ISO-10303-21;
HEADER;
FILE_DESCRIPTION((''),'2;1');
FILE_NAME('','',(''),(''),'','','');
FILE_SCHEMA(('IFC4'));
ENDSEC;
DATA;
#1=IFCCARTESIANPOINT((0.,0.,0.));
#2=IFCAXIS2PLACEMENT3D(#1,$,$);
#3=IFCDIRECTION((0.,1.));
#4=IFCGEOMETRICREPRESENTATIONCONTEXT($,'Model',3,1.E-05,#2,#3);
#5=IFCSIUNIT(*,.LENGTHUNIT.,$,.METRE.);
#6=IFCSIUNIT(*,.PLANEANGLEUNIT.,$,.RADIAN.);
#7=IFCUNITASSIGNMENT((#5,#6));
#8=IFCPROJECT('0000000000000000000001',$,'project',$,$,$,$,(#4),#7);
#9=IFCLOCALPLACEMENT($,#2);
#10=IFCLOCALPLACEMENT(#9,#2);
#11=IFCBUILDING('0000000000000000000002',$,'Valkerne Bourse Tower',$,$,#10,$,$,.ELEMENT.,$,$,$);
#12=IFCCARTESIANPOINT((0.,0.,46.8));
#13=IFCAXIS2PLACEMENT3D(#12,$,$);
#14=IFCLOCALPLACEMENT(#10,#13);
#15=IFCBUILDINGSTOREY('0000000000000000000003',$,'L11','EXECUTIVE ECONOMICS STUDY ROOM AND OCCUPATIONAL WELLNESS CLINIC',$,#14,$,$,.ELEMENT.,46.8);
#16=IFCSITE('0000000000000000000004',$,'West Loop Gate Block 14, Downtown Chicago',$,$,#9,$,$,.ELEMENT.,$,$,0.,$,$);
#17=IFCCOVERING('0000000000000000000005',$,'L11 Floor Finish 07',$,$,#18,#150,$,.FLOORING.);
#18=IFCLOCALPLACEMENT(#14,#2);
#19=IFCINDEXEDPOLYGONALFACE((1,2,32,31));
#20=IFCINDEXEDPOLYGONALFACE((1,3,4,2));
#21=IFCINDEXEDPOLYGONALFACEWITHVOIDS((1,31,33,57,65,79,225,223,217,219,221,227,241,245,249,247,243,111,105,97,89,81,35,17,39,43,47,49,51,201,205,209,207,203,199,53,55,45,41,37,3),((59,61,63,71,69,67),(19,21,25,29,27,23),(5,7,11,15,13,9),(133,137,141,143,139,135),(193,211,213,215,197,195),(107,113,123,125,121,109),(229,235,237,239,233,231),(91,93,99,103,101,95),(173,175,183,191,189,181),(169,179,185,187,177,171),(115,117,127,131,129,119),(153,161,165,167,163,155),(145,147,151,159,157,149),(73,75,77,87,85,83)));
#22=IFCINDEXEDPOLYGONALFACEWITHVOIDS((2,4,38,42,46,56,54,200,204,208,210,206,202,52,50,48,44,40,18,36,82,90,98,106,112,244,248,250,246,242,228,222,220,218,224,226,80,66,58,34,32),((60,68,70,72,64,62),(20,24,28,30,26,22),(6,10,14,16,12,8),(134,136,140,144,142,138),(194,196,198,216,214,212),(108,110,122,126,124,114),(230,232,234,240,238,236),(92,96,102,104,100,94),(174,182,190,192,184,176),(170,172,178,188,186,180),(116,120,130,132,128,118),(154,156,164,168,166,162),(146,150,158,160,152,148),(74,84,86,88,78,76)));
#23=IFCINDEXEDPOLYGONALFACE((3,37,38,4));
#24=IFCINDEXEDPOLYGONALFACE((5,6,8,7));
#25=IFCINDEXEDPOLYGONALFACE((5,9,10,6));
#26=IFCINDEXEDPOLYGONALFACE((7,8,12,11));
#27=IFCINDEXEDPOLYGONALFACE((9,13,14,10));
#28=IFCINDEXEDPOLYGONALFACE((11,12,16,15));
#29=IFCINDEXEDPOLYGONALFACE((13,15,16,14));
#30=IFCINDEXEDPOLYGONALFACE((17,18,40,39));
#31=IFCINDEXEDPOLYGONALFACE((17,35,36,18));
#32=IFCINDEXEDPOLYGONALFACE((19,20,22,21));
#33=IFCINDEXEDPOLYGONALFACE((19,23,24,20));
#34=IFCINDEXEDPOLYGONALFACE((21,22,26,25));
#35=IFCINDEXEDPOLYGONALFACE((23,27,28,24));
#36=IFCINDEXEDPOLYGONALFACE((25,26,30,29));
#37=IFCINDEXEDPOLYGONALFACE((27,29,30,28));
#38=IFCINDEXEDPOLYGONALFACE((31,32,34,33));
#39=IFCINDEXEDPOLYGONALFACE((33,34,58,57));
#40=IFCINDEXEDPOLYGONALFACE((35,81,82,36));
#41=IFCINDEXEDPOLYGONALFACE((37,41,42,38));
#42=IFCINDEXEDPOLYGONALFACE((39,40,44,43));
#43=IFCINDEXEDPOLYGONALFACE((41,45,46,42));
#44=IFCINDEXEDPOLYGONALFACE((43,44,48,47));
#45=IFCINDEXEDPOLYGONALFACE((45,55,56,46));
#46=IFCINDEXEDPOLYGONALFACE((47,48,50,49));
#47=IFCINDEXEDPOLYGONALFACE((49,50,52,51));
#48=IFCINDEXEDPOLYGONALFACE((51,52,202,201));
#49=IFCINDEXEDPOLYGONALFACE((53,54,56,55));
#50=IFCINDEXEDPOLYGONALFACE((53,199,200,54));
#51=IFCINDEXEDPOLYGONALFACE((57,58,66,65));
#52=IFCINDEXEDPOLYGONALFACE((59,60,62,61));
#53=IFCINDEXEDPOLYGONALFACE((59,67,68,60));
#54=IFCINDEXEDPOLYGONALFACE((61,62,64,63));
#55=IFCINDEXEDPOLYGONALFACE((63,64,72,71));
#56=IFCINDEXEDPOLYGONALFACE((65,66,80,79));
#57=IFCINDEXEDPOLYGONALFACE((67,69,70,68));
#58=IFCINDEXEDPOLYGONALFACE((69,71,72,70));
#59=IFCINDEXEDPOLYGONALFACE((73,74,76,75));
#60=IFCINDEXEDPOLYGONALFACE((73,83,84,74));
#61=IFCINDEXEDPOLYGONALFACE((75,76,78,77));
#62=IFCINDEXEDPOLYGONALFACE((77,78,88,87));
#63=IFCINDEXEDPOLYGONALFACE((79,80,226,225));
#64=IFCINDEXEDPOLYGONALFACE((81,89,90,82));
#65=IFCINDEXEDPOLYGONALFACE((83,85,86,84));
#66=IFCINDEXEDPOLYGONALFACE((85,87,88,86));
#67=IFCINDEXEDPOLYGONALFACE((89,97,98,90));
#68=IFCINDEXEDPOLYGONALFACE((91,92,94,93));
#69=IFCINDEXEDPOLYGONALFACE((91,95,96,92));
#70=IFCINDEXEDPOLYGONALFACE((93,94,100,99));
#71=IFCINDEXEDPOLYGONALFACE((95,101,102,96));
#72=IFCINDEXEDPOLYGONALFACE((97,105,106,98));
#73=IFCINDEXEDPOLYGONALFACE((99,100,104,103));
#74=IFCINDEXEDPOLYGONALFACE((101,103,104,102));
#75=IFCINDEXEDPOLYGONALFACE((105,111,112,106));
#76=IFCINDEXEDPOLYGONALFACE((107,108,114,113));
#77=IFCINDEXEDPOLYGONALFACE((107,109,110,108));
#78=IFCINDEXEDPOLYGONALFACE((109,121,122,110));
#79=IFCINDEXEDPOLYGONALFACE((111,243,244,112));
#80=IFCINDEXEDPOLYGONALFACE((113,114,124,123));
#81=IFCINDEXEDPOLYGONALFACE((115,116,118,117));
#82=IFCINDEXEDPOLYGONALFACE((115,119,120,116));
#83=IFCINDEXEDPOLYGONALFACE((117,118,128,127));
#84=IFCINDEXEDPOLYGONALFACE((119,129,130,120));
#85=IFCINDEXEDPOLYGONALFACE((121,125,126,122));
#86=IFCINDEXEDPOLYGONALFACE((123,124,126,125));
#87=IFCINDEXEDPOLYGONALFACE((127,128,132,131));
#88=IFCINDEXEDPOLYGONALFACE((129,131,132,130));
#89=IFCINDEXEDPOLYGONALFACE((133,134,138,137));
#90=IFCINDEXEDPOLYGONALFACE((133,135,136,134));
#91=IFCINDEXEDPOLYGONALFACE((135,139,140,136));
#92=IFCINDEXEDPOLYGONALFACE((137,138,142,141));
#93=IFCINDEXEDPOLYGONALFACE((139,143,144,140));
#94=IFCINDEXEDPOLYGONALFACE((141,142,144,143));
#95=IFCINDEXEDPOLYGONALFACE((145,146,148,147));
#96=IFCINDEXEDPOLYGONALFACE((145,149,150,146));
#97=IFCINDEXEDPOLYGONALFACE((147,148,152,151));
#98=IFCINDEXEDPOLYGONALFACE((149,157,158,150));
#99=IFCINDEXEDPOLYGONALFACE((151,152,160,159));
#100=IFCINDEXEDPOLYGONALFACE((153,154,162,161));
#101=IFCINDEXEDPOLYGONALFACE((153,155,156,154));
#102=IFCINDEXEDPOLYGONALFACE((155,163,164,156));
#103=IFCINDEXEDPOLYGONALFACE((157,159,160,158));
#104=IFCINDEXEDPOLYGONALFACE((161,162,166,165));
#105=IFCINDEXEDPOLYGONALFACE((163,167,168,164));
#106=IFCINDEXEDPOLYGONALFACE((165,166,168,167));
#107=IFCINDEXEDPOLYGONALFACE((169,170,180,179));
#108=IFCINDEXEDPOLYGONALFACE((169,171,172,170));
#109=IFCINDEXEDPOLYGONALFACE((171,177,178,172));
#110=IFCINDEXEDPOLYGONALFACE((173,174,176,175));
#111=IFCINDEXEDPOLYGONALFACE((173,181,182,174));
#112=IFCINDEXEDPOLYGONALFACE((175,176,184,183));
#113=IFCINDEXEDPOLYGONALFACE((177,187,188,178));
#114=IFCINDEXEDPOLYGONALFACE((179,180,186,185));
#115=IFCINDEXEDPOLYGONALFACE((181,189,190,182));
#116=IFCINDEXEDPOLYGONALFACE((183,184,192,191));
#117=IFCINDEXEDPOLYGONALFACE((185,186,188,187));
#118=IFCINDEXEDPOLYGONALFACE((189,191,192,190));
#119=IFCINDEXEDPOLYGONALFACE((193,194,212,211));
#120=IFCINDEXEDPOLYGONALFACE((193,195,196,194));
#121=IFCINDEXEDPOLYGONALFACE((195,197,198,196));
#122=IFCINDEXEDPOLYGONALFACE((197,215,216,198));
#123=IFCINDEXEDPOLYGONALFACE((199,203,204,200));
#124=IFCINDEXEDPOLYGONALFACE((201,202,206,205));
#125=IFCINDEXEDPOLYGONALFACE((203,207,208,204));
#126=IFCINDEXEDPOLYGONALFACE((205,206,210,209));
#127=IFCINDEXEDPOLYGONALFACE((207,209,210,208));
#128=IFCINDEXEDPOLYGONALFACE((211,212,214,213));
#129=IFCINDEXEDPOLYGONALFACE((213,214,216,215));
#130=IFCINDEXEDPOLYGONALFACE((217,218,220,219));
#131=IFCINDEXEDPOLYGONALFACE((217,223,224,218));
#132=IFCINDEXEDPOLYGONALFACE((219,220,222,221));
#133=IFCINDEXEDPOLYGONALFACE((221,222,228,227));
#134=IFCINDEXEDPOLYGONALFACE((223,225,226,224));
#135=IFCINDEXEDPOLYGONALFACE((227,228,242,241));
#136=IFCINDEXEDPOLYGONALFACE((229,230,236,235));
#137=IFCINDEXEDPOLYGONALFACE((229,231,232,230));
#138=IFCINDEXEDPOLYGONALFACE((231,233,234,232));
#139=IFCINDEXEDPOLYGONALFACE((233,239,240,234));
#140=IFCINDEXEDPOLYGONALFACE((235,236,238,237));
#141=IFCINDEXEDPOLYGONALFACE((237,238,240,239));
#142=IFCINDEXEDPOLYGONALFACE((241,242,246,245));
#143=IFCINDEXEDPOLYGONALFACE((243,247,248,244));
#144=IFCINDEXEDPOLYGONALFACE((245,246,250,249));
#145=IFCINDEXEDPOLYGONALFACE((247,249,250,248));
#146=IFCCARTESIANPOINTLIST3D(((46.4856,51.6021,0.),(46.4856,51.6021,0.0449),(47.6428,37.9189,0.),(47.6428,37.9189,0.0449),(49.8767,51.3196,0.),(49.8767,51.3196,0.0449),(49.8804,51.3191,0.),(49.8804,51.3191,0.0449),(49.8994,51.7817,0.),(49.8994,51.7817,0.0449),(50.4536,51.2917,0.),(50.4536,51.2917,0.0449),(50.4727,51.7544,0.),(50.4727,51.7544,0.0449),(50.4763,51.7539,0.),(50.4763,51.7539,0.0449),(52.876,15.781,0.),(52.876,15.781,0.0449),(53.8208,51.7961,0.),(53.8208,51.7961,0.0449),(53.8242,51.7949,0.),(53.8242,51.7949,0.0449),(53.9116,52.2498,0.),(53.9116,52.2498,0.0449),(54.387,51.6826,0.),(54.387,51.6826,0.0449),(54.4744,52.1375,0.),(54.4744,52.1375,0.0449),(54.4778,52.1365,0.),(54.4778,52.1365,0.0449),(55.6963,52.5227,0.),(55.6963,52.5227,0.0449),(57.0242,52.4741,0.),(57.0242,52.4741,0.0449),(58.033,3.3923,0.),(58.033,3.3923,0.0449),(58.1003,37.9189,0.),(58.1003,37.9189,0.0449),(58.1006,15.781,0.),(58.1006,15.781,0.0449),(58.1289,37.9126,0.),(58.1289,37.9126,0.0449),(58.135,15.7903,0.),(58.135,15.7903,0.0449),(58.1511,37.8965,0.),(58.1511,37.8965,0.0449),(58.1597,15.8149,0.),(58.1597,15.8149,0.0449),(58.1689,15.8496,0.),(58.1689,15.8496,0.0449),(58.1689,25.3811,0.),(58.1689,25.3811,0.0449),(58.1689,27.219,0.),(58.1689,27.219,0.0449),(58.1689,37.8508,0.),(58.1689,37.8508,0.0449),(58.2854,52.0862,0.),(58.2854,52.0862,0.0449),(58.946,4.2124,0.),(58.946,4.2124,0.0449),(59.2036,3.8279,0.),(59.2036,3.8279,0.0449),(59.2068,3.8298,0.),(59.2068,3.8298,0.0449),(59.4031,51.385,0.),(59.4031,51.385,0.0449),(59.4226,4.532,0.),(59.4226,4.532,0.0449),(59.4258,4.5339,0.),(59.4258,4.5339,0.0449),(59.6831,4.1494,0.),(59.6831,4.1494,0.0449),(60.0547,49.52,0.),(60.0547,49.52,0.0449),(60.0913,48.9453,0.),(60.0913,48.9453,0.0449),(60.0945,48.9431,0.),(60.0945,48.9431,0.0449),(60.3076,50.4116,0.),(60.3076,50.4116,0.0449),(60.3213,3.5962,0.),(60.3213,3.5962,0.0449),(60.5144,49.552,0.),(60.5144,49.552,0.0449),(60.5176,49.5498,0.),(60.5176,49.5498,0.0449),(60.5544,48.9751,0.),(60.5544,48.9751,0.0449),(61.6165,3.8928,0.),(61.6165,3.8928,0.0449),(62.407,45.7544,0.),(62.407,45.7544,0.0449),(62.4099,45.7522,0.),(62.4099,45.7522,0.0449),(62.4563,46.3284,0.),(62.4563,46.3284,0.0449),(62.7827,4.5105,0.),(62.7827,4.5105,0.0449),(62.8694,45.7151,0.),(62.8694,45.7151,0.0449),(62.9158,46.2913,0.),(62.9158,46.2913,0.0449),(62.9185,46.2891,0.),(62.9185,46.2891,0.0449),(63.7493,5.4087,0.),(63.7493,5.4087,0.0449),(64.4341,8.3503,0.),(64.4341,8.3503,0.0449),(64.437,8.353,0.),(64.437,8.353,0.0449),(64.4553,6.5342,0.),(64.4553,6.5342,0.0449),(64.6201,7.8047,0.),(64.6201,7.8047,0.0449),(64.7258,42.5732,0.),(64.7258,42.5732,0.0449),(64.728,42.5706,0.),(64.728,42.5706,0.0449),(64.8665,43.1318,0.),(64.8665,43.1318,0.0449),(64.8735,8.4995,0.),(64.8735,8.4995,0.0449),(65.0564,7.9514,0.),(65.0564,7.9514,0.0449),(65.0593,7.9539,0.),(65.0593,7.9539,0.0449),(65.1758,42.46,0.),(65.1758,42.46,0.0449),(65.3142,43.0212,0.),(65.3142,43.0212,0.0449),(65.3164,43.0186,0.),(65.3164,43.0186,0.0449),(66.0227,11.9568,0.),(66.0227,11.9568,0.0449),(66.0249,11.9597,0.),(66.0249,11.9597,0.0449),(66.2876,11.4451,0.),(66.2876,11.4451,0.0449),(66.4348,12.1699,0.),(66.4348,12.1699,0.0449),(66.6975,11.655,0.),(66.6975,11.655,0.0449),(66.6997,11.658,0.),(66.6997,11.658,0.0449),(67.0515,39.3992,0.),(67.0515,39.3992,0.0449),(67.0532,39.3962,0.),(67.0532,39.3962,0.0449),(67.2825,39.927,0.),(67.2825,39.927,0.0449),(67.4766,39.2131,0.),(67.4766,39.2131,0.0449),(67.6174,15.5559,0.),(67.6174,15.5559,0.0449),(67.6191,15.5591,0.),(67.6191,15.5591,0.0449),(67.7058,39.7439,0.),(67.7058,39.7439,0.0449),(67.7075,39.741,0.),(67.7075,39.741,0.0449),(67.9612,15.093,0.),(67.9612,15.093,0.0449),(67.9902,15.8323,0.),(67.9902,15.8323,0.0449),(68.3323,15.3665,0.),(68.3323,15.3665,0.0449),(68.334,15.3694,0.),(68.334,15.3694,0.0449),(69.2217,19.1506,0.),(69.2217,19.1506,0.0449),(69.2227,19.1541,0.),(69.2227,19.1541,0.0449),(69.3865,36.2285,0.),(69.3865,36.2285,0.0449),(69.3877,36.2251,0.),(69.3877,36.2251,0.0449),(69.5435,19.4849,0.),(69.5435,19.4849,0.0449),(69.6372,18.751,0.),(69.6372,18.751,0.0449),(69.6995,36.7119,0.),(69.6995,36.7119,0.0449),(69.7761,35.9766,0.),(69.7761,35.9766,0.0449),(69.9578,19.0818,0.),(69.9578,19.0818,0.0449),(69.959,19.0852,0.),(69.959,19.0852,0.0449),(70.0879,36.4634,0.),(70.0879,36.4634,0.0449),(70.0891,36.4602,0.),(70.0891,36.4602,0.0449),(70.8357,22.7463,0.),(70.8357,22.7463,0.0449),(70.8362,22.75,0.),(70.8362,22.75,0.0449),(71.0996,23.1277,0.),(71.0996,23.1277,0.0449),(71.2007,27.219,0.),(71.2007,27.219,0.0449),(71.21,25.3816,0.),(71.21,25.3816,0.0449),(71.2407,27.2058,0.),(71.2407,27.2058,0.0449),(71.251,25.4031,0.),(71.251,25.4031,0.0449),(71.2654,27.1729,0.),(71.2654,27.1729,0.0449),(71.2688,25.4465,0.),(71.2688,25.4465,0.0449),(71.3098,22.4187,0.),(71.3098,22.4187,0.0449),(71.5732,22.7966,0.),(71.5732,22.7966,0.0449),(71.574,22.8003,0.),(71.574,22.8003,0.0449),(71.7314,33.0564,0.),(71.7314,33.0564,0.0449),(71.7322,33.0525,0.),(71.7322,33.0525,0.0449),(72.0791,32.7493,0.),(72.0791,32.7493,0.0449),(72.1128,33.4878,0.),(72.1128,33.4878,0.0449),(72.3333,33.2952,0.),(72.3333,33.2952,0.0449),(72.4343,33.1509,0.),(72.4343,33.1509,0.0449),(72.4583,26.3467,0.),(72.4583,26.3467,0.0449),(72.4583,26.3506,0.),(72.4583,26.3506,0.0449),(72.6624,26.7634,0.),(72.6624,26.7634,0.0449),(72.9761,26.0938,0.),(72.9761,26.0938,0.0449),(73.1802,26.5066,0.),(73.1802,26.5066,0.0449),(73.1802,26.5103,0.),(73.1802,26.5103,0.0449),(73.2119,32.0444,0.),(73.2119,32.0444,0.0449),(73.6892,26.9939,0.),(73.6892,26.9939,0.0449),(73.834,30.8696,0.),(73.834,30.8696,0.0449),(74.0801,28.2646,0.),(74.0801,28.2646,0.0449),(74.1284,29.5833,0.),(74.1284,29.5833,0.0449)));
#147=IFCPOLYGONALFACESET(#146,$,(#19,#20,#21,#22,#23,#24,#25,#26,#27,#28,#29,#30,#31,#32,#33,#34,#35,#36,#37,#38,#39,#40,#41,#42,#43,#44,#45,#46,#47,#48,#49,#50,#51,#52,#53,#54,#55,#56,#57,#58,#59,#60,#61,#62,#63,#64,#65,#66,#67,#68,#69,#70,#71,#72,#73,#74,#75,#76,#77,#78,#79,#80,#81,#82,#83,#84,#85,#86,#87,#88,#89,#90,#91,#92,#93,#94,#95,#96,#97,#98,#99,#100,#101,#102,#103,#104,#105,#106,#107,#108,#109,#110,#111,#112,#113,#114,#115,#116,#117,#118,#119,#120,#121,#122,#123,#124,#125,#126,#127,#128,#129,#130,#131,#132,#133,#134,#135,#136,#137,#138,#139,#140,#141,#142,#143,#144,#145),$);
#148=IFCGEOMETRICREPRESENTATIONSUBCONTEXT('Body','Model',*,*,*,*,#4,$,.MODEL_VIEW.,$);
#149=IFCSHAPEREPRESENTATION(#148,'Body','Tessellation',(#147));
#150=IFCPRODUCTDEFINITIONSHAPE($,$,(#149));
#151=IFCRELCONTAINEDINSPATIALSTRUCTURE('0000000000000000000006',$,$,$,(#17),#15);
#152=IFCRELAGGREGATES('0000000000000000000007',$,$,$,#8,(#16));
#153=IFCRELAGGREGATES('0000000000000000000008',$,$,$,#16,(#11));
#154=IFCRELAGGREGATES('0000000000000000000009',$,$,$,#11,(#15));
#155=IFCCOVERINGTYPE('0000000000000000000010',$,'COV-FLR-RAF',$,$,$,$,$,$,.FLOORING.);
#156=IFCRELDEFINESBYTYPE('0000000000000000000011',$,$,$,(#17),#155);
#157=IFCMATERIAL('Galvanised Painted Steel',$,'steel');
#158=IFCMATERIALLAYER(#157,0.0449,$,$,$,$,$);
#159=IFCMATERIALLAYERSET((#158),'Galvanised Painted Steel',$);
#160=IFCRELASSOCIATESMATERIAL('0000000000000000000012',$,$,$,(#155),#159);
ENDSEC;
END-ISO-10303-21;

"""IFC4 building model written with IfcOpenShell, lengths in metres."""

from ifc_helpers import new_model, si_unit, direction, frame, origin, place, context, subcontext, project, spatial, polyline, outline, extrude, material, layer, layer_set, type_object, element, save


model = new_model("IFC4")

# Units and contexts
model_context = context("Model", 3, precision=1e-05, world=origin(), true_north=direction((0.0, 1.0)))
body_context = subcontext(model_context, "Body", "Model", "MODEL_VIEW")
ifc_project = project(units=[si_unit("LENGTHUNIT", "METRE"), si_unit("PLANEANGLEUNIT", "RADIAN")], contexts=[model_context])

# Site, building, storey
site_placement = place(None, origin())
site = spatial("IfcSite", under=ifc_project, at=site_placement, Name="West Loop Gate Block 14, Downtown Chicago", CompositionType="ELEMENT", RefElevation=0.0)
building_placement = place(site_placement, origin())
building = spatial("IfcBuilding", under=site, at=building_placement, Name="Valkerne Bourse Tower", CompositionType="ELEMENT")
storey_placement = place(building_placement, frame((0.0, 0.0, 46.8)))
storey = spatial("IfcBuildingStorey", under=building, at=storey_placement, Name="L11", Description="EXECUTIVE ECONOMICS STUDY ROOM AND OCCUPATIONAL WELLNESS CLINIC", CompositionType="ELEMENT", Elevation=46.8)

# Covering
ifc_material_1 = material(Name="Galvanised Painted Steel", Category="steel")
ifc_layer_1 = layer(ifc_material_1, 0.0449)
ifc_layer_set_1 = layer_set([ifc_layer_1], Name="Galvanised Painted Steel")
covering_type_1 = type_object("IfcCoveringType", Name="COV-FLR-RAF", PredefinedType="FLOORING", material=ifc_layer_set_1)
covering_1_placement = place(storey_placement, origin())
element("IfcCovering", 1, at=covering_1_placement, inside=storey, type_object=covering_type_1, Name="L11 Floor Finish 07", PredefinedType="FLOORING", context=body_context, shape_type="SweptSolid", body=[
    extrude(outline(polyline([(61.6165, 3.8928), (60.3213, 3.5962), (58.033, 3.3923), (52.876, 15.781), (58.1006, 15.781), (58.135, 15.7903), (58.1597, 15.8149), (58.1689, 15.8496), (58.1689, 25.3811), (71.21, 25.3816), (71.251, 25.4031), (71.2688, 25.4465), (71.2654, 27.1729), (71.2407, 27.2058), (71.2007, 27.219), (58.1689, 27.219), (58.1689, 37.8508), (58.1511, 37.8965), (58.1289, 37.9126), (58.1003, 37.9189), (47.6428, 37.9189), (46.4856, 51.6021), (55.6963, 52.5227), (57.0242, 52.4741), (58.2854, 52.0862), (59.4031, 51.385), (60.3076, 50.4116), (72.3333, 33.2952), (72.1128, 33.4878), (71.7314, 33.0564), (71.7322, 33.0525), (72.0791, 32.7493), (72.4343, 33.1509), (73.2119, 32.0444), (73.834, 30.8696), (74.1284, 29.5833), (74.0801, 28.2646), (73.6892, 26.9939), (64.4553, 6.5342), (63.7493, 5.4087), (62.7827, 4.5105), (61.6165, 3.8928)]), holes=[polyline([(50.4763, 51.7539), (50.4727, 51.7544), (49.8994, 51.7817), (49.8767, 51.3196), (49.8804, 51.3191), (50.4536, 51.2917), (50.4763, 51.7539)]), polyline([(54.4778, 52.1365), (54.4744, 52.1375), (53.9116, 52.2498), (53.8208, 51.7961), (53.8242, 51.7949), (54.387, 51.6826), (54.4778, 52.1365)]), polyline([(59.2068, 3.8298), (59.6831, 4.1494), (59.4258, 4.5339), (59.4226, 4.532), (58.946, 4.2124), (59.2036, 3.8279), (59.2068, 3.8298)]), polyline([(65.0564, 7.9514), (65.0593, 7.9539), (64.8735, 8.4995), (64.437, 8.353), (64.4341, 8.3503), (64.6201, 7.8047), (65.0564, 7.9514)]), polyline([(66.6997, 11.658), (66.4348, 12.1699), (66.0249, 11.9597), (66.0227, 11.9568), (66.2876, 11.4451), (66.6975, 11.655), (66.6997, 11.658)]), polyline([(68.3323, 15.3665), (68.334, 15.3694), (67.9902, 15.8323), (67.6191, 15.5591), (67.6174, 15.5559), (67.9612, 15.093), (68.3323, 15.3665)]), polyline([(69.9578, 19.0818), (69.959, 19.0852), (69.5435, 19.4849), (69.2227, 19.1541), (69.2217, 19.1506), (69.6372, 18.751), (69.9578, 19.0818)]), polyline([(71.574, 22.8003), (71.0996, 23.1277), (70.8362, 22.75), (70.8357, 22.7463), (71.3098, 22.4187), (71.5732, 22.7966), (71.574, 22.8003)]), polyline([(73.1802, 26.5066), (73.1802, 26.5103), (72.6624, 26.7634), (72.4583, 26.3506), (72.4583, 26.3467), (72.9761, 26.0938), (73.1802, 26.5066)]), polyline([(70.0879, 36.4634), (69.6995, 36.7119), (69.3865, 36.2285), (69.3877, 36.2251), (69.7761, 35.9766), (70.0891, 36.4602), (70.0879, 36.4634)]), polyline([(67.7075, 39.741), (67.7058, 39.7439), (67.2825, 39.927), (67.0515, 39.3992), (67.0532, 39.3962), (67.4766, 39.2131), (67.7075, 39.741)]), polyline([(65.3164, 43.0186), (65.3142, 43.0212), (64.8665, 43.1318), (64.7258, 42.5732), (64.728, 42.5706), (65.1758, 42.46), (65.3164, 43.0186)]), polyline([(62.9158, 46.2913), (62.4563, 46.3284), (62.407, 45.7544), (62.4099, 45.7522), (62.8694, 45.7151), (62.9185, 46.2891), (62.9158, 46.2913)]), polyline([(60.5544, 48.9751), (60.5176, 49.5498), (60.5144, 49.552), (60.0547, 49.52), (60.0913, 48.9453), (60.0945, 48.9431), (60.5544, 48.9751)])]), origin(), (0.0, 0.0, 1.0), 0.0449),
])

save(model, "model.ifc")
